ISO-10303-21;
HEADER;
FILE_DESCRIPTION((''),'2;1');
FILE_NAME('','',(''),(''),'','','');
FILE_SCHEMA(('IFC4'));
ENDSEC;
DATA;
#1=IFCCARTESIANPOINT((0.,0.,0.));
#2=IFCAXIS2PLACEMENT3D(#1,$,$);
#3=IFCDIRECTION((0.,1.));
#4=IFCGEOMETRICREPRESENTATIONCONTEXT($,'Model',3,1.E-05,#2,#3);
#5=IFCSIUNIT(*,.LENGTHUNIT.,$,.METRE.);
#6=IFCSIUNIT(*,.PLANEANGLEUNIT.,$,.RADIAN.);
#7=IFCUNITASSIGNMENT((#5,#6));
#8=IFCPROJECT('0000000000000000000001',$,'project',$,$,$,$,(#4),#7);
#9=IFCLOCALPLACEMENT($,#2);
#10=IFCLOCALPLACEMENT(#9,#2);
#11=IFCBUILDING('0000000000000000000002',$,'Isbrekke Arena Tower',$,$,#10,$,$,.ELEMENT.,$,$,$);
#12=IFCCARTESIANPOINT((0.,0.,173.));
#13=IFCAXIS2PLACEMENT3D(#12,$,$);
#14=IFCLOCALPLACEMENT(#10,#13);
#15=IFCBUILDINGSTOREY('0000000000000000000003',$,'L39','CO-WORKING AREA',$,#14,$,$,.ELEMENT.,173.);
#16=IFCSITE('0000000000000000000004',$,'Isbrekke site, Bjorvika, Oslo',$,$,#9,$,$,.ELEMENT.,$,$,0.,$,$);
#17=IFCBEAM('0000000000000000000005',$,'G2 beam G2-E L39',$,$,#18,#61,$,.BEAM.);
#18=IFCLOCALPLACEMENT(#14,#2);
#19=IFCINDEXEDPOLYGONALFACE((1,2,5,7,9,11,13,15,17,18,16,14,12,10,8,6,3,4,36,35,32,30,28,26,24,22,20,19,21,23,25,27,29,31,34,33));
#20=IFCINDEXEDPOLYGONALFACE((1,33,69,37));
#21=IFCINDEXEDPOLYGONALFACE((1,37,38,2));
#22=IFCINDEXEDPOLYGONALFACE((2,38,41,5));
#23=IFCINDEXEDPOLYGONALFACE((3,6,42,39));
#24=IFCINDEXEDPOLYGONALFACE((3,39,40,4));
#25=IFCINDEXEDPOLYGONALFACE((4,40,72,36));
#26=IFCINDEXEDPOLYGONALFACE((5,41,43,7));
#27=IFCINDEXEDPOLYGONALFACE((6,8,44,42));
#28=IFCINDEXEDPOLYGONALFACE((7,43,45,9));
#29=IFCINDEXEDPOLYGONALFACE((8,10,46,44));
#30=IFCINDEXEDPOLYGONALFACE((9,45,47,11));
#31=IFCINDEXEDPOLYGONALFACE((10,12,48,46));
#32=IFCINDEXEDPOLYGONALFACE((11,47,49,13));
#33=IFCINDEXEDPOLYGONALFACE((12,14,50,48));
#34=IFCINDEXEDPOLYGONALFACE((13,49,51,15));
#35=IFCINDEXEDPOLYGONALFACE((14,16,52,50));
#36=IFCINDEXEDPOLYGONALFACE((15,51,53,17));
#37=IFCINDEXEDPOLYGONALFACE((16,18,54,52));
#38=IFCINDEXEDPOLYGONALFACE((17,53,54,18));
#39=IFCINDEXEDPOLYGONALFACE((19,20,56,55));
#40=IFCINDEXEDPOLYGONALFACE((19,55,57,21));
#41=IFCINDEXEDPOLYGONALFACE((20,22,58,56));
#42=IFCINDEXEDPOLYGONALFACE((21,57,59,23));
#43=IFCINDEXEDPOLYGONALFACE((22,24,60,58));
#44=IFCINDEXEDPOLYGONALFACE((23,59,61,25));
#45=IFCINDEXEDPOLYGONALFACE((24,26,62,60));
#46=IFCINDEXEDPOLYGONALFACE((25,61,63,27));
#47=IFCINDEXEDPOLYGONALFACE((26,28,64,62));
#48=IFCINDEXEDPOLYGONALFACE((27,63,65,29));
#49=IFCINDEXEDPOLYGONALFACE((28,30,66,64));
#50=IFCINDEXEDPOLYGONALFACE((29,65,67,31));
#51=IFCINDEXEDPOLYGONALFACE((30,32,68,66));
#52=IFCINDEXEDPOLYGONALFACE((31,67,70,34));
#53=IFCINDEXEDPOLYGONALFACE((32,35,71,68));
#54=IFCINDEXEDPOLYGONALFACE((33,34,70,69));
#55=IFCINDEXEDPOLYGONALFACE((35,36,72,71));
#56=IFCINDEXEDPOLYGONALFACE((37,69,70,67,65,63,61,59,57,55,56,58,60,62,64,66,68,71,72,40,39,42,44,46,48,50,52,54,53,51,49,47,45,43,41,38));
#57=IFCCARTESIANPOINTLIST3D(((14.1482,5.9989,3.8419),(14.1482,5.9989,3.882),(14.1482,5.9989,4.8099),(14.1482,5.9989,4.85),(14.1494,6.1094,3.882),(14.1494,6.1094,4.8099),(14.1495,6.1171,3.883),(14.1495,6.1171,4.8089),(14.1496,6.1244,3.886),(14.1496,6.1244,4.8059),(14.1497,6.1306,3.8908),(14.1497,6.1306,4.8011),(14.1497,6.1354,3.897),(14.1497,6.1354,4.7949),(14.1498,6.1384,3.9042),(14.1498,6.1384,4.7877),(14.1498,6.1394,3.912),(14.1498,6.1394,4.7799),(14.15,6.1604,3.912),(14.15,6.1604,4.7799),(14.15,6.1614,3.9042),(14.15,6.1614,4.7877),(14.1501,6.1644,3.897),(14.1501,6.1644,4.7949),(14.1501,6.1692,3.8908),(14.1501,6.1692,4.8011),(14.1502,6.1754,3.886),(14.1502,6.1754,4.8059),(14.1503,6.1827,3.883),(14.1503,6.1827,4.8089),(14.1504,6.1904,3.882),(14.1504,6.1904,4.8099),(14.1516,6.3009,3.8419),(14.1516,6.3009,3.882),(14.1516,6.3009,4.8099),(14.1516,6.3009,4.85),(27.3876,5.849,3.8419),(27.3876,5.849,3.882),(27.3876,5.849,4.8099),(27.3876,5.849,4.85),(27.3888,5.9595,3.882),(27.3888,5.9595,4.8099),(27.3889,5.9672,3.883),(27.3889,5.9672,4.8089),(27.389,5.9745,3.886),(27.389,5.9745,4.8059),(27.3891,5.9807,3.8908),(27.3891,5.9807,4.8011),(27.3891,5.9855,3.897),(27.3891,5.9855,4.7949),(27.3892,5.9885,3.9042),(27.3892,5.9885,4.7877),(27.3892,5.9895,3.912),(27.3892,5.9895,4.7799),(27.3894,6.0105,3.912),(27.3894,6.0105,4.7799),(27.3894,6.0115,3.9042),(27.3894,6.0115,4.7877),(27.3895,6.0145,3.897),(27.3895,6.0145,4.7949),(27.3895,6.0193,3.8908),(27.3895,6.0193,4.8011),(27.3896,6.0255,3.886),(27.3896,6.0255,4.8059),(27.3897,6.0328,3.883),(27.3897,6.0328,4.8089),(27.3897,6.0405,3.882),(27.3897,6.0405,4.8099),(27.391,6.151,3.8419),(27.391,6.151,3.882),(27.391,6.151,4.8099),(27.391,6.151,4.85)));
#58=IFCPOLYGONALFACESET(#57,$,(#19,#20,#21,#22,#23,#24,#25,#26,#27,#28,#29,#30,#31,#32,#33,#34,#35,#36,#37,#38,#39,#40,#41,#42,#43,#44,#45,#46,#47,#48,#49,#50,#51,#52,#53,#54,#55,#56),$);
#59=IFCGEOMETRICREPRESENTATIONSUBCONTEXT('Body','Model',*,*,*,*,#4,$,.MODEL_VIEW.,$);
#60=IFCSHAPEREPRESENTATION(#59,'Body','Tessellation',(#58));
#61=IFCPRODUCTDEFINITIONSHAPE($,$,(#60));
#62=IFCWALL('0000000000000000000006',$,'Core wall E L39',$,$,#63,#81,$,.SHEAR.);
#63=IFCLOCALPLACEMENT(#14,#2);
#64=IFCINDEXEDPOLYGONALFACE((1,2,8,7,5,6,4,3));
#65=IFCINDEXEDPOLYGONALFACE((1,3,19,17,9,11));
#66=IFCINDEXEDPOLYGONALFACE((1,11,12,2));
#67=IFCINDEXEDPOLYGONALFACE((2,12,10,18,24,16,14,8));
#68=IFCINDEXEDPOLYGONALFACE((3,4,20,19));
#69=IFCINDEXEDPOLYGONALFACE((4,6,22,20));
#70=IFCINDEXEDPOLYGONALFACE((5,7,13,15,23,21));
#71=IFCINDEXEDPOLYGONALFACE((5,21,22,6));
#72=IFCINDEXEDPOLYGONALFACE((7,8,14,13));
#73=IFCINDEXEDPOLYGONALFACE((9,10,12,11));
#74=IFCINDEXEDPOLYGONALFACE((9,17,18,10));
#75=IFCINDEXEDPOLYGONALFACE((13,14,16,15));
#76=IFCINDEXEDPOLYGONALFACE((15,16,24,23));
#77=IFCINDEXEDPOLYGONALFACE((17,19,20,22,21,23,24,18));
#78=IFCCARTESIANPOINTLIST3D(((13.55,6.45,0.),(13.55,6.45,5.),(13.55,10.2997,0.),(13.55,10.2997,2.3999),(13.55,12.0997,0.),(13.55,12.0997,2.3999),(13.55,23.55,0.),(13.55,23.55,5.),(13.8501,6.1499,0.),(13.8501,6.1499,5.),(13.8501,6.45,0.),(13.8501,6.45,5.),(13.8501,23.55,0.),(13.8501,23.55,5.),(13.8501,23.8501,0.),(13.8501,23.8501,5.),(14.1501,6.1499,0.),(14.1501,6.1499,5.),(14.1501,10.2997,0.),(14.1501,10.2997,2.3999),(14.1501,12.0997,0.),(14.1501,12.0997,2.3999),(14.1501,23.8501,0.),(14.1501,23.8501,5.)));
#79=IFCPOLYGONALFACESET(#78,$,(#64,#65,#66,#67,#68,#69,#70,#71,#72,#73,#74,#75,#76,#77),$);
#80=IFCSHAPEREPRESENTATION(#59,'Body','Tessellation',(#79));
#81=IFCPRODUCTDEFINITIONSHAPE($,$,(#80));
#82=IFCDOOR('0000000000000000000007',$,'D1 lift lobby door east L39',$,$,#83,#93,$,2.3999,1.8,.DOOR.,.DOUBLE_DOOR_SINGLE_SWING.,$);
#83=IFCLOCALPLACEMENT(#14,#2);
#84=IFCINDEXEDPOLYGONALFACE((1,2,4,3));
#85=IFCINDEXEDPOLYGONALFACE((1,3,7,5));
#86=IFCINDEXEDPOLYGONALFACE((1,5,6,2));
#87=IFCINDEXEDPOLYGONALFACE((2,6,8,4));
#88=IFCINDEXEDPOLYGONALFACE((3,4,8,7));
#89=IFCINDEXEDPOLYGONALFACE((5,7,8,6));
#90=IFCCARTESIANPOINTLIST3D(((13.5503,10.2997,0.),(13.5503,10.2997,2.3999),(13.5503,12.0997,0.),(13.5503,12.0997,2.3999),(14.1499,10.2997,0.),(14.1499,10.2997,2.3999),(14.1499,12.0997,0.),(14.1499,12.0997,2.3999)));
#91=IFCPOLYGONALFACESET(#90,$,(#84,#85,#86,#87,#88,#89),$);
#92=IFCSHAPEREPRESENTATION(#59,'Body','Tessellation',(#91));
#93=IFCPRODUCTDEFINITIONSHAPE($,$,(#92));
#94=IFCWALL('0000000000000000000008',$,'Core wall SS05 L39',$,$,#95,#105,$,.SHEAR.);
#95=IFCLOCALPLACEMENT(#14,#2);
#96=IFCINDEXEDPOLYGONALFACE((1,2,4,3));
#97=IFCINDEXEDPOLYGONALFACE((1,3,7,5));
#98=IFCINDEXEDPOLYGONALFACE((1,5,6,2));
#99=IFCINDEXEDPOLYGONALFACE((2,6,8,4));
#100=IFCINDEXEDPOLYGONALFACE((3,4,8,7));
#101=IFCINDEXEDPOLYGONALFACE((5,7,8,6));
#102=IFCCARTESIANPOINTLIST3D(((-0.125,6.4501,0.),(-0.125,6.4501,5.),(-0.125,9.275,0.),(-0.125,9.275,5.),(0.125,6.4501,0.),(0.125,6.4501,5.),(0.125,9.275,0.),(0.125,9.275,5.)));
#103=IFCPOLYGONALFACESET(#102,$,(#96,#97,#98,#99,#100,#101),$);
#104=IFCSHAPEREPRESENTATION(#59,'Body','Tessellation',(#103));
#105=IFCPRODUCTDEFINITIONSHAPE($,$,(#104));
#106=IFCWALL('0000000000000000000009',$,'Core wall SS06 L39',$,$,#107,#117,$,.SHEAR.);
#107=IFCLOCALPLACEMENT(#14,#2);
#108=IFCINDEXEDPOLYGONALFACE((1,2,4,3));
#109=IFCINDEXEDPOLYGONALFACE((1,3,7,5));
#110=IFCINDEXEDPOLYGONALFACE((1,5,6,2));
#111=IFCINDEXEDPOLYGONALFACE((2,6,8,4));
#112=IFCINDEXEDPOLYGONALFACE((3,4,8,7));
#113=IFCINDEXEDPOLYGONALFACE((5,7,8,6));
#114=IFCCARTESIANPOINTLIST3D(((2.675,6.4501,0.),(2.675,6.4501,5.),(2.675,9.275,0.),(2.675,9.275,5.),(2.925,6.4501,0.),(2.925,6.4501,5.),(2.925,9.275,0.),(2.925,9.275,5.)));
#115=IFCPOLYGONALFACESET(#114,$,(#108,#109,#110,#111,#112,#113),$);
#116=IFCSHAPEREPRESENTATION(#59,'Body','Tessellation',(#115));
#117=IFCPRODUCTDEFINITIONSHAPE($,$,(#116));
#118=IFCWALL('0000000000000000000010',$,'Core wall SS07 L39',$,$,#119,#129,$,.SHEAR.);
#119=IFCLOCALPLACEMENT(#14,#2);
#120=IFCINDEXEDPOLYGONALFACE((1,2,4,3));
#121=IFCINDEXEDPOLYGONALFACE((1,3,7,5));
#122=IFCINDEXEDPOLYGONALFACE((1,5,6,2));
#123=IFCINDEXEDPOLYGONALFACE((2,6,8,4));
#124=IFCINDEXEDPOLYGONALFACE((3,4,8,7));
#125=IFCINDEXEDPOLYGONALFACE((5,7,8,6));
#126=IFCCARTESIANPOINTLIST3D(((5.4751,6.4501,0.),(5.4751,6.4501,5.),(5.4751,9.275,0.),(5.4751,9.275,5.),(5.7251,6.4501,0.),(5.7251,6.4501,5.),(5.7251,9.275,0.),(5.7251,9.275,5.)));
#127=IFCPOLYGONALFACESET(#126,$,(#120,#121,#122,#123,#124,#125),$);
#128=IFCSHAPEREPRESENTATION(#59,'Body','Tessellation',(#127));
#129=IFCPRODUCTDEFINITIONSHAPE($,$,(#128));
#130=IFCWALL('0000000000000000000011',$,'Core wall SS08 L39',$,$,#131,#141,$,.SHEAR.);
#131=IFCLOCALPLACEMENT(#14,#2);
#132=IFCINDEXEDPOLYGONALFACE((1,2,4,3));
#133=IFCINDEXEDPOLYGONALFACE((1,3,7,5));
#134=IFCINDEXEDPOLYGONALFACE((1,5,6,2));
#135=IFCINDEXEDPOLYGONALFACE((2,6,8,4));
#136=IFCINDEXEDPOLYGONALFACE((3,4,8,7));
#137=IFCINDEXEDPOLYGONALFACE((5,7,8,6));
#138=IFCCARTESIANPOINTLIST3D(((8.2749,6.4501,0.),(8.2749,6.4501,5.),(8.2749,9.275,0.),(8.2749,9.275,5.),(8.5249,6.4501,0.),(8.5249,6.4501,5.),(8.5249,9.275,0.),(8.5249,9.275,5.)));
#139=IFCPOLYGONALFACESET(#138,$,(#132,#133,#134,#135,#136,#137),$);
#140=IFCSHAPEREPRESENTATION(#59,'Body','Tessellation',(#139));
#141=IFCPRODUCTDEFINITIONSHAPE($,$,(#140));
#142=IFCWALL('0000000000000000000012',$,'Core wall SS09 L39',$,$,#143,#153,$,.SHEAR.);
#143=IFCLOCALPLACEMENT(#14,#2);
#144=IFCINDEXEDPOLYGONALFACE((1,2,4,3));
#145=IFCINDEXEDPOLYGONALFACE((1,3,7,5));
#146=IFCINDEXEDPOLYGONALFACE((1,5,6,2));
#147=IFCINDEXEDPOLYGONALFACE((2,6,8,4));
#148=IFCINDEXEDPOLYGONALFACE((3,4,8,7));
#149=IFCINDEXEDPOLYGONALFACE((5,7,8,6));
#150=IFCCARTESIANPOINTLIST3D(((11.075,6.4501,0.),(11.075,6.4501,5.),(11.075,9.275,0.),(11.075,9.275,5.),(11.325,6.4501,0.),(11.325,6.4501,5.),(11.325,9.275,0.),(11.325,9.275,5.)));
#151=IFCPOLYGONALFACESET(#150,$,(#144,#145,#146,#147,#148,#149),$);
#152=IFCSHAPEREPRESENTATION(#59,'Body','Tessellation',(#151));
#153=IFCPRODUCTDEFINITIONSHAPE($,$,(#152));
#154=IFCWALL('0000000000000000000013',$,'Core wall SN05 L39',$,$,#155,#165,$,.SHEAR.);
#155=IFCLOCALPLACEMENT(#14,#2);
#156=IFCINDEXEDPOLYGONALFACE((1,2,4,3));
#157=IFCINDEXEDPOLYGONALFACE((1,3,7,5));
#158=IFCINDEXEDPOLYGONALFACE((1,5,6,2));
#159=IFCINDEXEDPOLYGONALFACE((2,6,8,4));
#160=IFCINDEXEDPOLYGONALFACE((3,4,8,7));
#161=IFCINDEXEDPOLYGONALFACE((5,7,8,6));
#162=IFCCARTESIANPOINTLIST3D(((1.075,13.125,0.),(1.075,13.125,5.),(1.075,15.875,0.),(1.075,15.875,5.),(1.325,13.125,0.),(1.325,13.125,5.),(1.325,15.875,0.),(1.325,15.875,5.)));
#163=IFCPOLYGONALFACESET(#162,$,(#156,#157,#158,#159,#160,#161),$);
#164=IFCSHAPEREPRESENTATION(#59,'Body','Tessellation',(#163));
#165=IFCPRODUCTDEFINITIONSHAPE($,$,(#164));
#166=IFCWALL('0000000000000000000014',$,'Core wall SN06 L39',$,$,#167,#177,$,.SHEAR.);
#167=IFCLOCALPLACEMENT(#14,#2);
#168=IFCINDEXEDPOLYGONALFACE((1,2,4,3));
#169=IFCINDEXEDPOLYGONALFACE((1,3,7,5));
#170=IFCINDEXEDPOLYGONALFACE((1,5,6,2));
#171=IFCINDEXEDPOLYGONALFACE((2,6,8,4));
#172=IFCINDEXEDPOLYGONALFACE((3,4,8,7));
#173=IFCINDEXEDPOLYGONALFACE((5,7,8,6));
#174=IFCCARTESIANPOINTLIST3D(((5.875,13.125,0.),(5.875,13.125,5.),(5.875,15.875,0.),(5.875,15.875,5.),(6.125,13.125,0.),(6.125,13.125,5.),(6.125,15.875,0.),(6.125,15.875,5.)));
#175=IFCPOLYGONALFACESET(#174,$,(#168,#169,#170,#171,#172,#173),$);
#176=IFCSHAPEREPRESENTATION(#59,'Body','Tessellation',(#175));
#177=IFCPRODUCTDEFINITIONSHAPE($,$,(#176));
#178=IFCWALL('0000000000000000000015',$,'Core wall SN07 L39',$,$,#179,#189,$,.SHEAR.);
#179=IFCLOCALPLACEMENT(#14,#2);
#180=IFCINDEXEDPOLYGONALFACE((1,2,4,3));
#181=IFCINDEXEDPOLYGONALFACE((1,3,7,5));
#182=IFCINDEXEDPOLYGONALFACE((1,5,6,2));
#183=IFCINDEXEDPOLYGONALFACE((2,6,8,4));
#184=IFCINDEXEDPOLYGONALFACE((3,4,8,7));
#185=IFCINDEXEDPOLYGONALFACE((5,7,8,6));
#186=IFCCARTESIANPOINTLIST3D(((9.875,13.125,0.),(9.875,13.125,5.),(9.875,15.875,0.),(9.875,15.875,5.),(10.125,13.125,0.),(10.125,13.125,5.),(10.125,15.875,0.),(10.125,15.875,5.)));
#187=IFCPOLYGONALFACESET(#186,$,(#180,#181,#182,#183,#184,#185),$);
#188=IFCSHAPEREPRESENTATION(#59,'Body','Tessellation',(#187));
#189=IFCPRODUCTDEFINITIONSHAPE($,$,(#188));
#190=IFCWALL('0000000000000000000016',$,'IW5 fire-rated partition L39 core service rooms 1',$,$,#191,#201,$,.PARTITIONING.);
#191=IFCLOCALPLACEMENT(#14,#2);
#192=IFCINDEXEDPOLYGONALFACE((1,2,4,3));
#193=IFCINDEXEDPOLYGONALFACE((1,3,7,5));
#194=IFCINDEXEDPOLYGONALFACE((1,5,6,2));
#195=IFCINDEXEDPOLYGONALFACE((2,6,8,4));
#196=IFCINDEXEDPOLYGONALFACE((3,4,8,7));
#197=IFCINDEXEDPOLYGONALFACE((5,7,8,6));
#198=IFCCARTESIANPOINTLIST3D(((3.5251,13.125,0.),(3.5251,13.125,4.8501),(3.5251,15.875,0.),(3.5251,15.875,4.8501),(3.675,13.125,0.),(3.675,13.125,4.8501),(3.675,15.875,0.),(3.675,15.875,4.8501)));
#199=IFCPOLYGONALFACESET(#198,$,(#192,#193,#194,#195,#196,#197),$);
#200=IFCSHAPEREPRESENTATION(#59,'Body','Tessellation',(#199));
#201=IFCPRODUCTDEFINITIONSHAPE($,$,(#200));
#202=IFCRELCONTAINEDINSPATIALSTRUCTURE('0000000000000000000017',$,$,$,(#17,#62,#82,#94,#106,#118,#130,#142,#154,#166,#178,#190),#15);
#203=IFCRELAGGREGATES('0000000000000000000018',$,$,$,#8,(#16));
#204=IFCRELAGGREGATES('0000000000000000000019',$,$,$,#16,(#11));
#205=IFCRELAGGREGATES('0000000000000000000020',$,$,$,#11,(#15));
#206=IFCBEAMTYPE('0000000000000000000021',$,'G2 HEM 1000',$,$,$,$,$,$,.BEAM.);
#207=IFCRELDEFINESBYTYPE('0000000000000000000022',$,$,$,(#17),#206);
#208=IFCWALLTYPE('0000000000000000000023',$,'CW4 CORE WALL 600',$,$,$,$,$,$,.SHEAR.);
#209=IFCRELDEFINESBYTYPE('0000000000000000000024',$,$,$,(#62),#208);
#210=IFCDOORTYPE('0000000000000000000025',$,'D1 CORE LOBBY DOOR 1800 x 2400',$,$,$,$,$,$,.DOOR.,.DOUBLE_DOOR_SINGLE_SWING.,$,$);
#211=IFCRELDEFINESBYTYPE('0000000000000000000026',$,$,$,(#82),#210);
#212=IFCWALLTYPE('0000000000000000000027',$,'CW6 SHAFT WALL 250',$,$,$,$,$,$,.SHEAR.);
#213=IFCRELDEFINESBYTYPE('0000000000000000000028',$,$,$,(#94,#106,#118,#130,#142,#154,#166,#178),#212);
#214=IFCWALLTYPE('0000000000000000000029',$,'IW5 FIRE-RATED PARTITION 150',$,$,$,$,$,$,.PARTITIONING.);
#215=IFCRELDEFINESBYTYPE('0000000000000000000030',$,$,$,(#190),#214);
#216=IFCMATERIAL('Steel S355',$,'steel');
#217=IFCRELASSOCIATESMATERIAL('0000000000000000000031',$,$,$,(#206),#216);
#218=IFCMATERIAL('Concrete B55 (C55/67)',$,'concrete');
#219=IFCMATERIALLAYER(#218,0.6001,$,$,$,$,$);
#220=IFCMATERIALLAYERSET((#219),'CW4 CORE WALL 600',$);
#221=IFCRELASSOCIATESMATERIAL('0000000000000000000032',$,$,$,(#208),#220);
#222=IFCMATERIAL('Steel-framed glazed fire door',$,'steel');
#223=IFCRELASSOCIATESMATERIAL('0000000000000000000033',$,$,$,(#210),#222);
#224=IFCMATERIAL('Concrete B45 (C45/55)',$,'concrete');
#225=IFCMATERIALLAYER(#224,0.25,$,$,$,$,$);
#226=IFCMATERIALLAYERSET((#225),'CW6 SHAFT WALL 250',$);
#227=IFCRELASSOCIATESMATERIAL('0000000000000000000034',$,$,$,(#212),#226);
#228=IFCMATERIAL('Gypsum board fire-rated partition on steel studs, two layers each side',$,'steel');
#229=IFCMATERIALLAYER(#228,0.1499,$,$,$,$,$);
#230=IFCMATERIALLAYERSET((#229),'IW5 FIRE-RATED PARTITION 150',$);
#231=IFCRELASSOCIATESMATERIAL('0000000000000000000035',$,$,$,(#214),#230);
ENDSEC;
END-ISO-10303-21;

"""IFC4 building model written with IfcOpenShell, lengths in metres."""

from ifc_helpers import new_model, si_unit, direction, frame, frame_2d, origin, origin_2d, place, context, subcontext, project, spatial, polyline, rectangle, i_section, outline, extrude, material, layer, layer_set, material_profile, profile_set, type_object, element, fill, save


model = new_model("IFC4")

# Units and contexts
model_context = context("Model", 3, precision=1e-05, world=origin(), true_north=direction((0.0, 1.0)))
body_context = subcontext(model_context, "Body", "Model", "MODEL_VIEW")
ifc_project = project(units=[si_unit("LENGTHUNIT", "METRE"), si_unit("PLANEANGLEUNIT", "RADIAN")], contexts=[model_context])

# Site, building, storey
site_placement = place(None, origin())
site = spatial("IfcSite", under=ifc_project, at=site_placement, Name="Isbrekke site, Bjorvika, Oslo", CompositionType="ELEMENT", RefElevation=0.0)
building_placement = place(site_placement, origin())
building = spatial("IfcBuilding", under=site, at=building_placement, Name="Isbrekke Arena Tower", CompositionType="ELEMENT")
storey_placement = place(building_placement, frame((0.0, 0.0, 173.0)))
storey = spatial("IfcBuildingStorey", under=building, at=storey_placement, Name="L39", Description="CO-WORKING AREA", CompositionType="ELEMENT", Elevation=173.0)

# Beam
ifc_material_1 = material(Name="Steel S355", Category="steel")
ifc_material_profile = material_profile(ifc_material_1, i_section(OverallWidth=0.302, OverallDepth=1.0081, WebThickness=0.021, FlangeThickness=0.04, FilletRadius=0.03, at=origin_2d()), Name="HEM 1000")
ifc_profile_set = profile_set([ifc_material_profile], Name="Steel S355")
beam_type = type_object("IfcBeamType", Name="G2 HEM 1000", PredefinedType="BEAM", material=ifc_profile_set)
beam_placement = place(storey_placement, frame((14.1499, 6.1499, 4.3459), z_axis=(0.999936, -0.011322, 0.0), x_axis=(0.011322, 0.999936, 0.0)))
element("IfcBeam", 1, at=beam_placement, inside=storey, type_object=beam_type, Name="G2 beam G2-E L39", PredefinedType="BEAM", context=body_context, shape_type="SweptSolid", body=[
    extrude(i_section(OverallWidth=0.302, OverallDepth=1.0081, WebThickness=0.021, FlangeThickness=0.04, FilletRadius=0.03, at=origin_2d()), origin(), (0.0, 0.0, 1.0), 13.2402),
])

# Wall, opening, door
ifc_material_2 = material(Name="Concrete B55 (C55/67)", Category="concrete")
ifc_layer_1 = layer(ifc_material_2, 0.6001)
ifc_layer_set_1 = layer_set([ifc_layer_1], Name="CW4 CORE WALL 600")
wall_type_1 = type_object("IfcWallType", Name="CW4 CORE WALL 600", PredefinedType="SHEAR", material=ifc_layer_set_1)
wall_placement = place(storey_placement, frame((13.8501, 6.1499, 0.0), z_axis=(0.0, 0.0, 1.0), x_axis=(0.0, 1.0, 0.0)))
wall = element("IfcWall", 2, at=wall_placement, inside=storey, type_object=wall_type_1, Name="Core wall E L39", PredefinedType="SHEAR", context=body_context, shape_type="SweptSolid", body=[
    extrude(outline(polyline([(0.0, -0.3), (17.7002, -0.3), (17.7002, 0.0), (17.4001, 0.0), (17.4001, 0.3), (0.3, 0.3), (0.3, 0.0), (0.0, 0.0), (0.0, -0.3)])), origin(), (0.0, 0.0, 1.0), 5.0),
])
opening_placement = place(wall_placement, frame((4.1499, 0.0, 0.0)))
opening = element("IfcOpeningElement", 3, at=opening_placement, cuts=wall, PredefinedType="OPENING", context=body_context, shape_type="SweptSolid", body=[
    extrude(rectangle(XDim=1.8, YDim=2.3999, at=frame_2d((0.8999, 1.2))), frame((0.0, 0.3149, 0.0), z_axis=(0.0, -1.0, 0.0), x_axis=(1.0, 0.0, 0.0)), (0.0, 0.0, 1.0), 0.6299),
])
ifc_material_3 = material(Name="Steel-framed glazed fire door", Category="steel")
door_type = type_object("IfcDoorType", Name="D1 CORE LOBBY DOOR 1800 x 2400", OperationType="DOUBLE_DOOR_SINGLE_SWING", PredefinedType="DOOR", material=ifc_material_3)
door_placement = place(opening_placement, origin())
door = element("IfcDoor", 4, at=door_placement, inside=storey, type_object=door_type, Name="D1 lift lobby door east L39", OperationType="DOUBLE_DOOR_SINGLE_SWING", OverallHeight=2.3999, OverallWidth=1.8, PredefinedType="DOOR", context=body_context, shape_type="SweptSolid", body=[
    extrude(rectangle(XDim=1.8, YDim=2.3999, at=frame_2d((0.8999, 1.2))), frame((0.0, 0.2998, 0.0), z_axis=(0.0, -1.0, 0.0), x_axis=(1.0, 0.0, 0.0)), (0.0, 0.0, 1.0), 0.5996),
])
fill(opening, door)

# Walls
ifc_material_4 = material(Name="Concrete B45 (C45/55)", Category="concrete")
ifc_layer_2 = layer(ifc_material_4, 0.25)
ifc_layer_set_2 = layer_set([ifc_layer_2], Name="CW6 SHAFT WALL 250")
wall_type_2 = type_object("IfcWallType", Name="CW6 SHAFT WALL 250", PredefinedType="SHEAR", material=ifc_layer_set_2)
for number, where, z_axis, x_axis, name in (
    (5, (0.0, 6.45, 0.0), (0.0, 0.0, 1.0), (0.0, 1.0, 0.0), "Core wall SS05 L39"),
    (6, (2.8, 6.45, 0.0), (0.0, 0.0, 1.0), (0.0, 1.0, 0.0), "Core wall SS06 L39"),
    (7, (5.6001, 6.45, 0.0), (0.0, 0.0, 1.0), (0.0, 1.0, 0.0), "Core wall SS07 L39"),
    (8, (8.3999, 6.45, 0.0), (0.0, 0.0, 1.0), (0.0, 1.0, 0.0), "Core wall SS08 L39"),
    (9, (11.2, 6.45, 0.0), (0.0, 0.0, 1.0), (0.0, 1.0, 0.0), "Core wall SS09 L39"),
):
    element("IfcWall", number, at=place(storey_placement, frame(where, z_axis=z_axis, x_axis=x_axis)), inside=storey, type_object=wall_type_2, Name=name, PredefinedType="SHEAR", context=body_context, shape_type="SweptSolid", body=[
        extrude(rectangle(XDim=2.825, YDim=0.25, at=frame_2d((1.4126, 0.0))), origin(), (0.0, 0.0, 1.0), 5.0),
    ])
for number, where, z_axis, x_axis, name in (
    (10, (1.2, 13.125, 0.0), (0.0, 0.0, 1.0), (0.0, 1.0, 0.0), "Core wall SN05 L39"),
    (11, (6.0, 13.125, 0.0), (0.0, 0.0, 1.0), (0.0, 1.0, 0.0), "Core wall SN06 L39"),
    (12, (10.0, 13.125, 0.0), (0.0, 0.0, 1.0), (0.0, 1.0, 0.0), "Core wall SN07 L39"),
):
    element("IfcWall", number, at=place(storey_placement, frame(where, z_axis=z_axis, x_axis=x_axis)), inside=storey, type_object=wall_type_2, Name=name, PredefinedType="SHEAR", context=body_context, shape_type="SweptSolid", body=[
        extrude(rectangle(XDim=2.75, YDim=0.25, at=frame_2d((1.375, 0.0))), origin(), (0.0, 0.0, 1.0), 5.0),
    ])
ifc_material_5 = material(Name="Gypsum board fire-rated partition on steel studs, two layers each side", Category="steel")
ifc_layer_3 = layer(ifc_material_5, 0.1499)
ifc_layer_set_3 = layer_set([ifc_layer_3], Name="IW5 FIRE-RATED PARTITION 150")
wall_type_3 = type_object("IfcWallType", Name="IW5 FIRE-RATED PARTITION 150", PredefinedType="PARTITIONING", material=ifc_layer_set_3)
for number, where, z_axis, x_axis, name in (
    (13, (3.6001, 13.125, 0.0), (0.0, 0.0, 1.0), (0.0, 1.0, 0.0), "IW5 fire-rated partition L39 core service rooms 1"),
):
    element("IfcWall", number, at=place(storey_placement, frame(where, z_axis=z_axis, x_axis=x_axis)), inside=storey, type_object=wall_type_3, Name=name, PredefinedType="PARTITIONING", context=body_context, shape_type="SweptSolid", body=[
        extrude(rectangle(XDim=2.75, YDim=0.1499, at=frame_2d((1.375, 0.0))), origin(), (0.0, 0.0, 1.0), 4.8501),
    ])

save(model, "model.ifc")
